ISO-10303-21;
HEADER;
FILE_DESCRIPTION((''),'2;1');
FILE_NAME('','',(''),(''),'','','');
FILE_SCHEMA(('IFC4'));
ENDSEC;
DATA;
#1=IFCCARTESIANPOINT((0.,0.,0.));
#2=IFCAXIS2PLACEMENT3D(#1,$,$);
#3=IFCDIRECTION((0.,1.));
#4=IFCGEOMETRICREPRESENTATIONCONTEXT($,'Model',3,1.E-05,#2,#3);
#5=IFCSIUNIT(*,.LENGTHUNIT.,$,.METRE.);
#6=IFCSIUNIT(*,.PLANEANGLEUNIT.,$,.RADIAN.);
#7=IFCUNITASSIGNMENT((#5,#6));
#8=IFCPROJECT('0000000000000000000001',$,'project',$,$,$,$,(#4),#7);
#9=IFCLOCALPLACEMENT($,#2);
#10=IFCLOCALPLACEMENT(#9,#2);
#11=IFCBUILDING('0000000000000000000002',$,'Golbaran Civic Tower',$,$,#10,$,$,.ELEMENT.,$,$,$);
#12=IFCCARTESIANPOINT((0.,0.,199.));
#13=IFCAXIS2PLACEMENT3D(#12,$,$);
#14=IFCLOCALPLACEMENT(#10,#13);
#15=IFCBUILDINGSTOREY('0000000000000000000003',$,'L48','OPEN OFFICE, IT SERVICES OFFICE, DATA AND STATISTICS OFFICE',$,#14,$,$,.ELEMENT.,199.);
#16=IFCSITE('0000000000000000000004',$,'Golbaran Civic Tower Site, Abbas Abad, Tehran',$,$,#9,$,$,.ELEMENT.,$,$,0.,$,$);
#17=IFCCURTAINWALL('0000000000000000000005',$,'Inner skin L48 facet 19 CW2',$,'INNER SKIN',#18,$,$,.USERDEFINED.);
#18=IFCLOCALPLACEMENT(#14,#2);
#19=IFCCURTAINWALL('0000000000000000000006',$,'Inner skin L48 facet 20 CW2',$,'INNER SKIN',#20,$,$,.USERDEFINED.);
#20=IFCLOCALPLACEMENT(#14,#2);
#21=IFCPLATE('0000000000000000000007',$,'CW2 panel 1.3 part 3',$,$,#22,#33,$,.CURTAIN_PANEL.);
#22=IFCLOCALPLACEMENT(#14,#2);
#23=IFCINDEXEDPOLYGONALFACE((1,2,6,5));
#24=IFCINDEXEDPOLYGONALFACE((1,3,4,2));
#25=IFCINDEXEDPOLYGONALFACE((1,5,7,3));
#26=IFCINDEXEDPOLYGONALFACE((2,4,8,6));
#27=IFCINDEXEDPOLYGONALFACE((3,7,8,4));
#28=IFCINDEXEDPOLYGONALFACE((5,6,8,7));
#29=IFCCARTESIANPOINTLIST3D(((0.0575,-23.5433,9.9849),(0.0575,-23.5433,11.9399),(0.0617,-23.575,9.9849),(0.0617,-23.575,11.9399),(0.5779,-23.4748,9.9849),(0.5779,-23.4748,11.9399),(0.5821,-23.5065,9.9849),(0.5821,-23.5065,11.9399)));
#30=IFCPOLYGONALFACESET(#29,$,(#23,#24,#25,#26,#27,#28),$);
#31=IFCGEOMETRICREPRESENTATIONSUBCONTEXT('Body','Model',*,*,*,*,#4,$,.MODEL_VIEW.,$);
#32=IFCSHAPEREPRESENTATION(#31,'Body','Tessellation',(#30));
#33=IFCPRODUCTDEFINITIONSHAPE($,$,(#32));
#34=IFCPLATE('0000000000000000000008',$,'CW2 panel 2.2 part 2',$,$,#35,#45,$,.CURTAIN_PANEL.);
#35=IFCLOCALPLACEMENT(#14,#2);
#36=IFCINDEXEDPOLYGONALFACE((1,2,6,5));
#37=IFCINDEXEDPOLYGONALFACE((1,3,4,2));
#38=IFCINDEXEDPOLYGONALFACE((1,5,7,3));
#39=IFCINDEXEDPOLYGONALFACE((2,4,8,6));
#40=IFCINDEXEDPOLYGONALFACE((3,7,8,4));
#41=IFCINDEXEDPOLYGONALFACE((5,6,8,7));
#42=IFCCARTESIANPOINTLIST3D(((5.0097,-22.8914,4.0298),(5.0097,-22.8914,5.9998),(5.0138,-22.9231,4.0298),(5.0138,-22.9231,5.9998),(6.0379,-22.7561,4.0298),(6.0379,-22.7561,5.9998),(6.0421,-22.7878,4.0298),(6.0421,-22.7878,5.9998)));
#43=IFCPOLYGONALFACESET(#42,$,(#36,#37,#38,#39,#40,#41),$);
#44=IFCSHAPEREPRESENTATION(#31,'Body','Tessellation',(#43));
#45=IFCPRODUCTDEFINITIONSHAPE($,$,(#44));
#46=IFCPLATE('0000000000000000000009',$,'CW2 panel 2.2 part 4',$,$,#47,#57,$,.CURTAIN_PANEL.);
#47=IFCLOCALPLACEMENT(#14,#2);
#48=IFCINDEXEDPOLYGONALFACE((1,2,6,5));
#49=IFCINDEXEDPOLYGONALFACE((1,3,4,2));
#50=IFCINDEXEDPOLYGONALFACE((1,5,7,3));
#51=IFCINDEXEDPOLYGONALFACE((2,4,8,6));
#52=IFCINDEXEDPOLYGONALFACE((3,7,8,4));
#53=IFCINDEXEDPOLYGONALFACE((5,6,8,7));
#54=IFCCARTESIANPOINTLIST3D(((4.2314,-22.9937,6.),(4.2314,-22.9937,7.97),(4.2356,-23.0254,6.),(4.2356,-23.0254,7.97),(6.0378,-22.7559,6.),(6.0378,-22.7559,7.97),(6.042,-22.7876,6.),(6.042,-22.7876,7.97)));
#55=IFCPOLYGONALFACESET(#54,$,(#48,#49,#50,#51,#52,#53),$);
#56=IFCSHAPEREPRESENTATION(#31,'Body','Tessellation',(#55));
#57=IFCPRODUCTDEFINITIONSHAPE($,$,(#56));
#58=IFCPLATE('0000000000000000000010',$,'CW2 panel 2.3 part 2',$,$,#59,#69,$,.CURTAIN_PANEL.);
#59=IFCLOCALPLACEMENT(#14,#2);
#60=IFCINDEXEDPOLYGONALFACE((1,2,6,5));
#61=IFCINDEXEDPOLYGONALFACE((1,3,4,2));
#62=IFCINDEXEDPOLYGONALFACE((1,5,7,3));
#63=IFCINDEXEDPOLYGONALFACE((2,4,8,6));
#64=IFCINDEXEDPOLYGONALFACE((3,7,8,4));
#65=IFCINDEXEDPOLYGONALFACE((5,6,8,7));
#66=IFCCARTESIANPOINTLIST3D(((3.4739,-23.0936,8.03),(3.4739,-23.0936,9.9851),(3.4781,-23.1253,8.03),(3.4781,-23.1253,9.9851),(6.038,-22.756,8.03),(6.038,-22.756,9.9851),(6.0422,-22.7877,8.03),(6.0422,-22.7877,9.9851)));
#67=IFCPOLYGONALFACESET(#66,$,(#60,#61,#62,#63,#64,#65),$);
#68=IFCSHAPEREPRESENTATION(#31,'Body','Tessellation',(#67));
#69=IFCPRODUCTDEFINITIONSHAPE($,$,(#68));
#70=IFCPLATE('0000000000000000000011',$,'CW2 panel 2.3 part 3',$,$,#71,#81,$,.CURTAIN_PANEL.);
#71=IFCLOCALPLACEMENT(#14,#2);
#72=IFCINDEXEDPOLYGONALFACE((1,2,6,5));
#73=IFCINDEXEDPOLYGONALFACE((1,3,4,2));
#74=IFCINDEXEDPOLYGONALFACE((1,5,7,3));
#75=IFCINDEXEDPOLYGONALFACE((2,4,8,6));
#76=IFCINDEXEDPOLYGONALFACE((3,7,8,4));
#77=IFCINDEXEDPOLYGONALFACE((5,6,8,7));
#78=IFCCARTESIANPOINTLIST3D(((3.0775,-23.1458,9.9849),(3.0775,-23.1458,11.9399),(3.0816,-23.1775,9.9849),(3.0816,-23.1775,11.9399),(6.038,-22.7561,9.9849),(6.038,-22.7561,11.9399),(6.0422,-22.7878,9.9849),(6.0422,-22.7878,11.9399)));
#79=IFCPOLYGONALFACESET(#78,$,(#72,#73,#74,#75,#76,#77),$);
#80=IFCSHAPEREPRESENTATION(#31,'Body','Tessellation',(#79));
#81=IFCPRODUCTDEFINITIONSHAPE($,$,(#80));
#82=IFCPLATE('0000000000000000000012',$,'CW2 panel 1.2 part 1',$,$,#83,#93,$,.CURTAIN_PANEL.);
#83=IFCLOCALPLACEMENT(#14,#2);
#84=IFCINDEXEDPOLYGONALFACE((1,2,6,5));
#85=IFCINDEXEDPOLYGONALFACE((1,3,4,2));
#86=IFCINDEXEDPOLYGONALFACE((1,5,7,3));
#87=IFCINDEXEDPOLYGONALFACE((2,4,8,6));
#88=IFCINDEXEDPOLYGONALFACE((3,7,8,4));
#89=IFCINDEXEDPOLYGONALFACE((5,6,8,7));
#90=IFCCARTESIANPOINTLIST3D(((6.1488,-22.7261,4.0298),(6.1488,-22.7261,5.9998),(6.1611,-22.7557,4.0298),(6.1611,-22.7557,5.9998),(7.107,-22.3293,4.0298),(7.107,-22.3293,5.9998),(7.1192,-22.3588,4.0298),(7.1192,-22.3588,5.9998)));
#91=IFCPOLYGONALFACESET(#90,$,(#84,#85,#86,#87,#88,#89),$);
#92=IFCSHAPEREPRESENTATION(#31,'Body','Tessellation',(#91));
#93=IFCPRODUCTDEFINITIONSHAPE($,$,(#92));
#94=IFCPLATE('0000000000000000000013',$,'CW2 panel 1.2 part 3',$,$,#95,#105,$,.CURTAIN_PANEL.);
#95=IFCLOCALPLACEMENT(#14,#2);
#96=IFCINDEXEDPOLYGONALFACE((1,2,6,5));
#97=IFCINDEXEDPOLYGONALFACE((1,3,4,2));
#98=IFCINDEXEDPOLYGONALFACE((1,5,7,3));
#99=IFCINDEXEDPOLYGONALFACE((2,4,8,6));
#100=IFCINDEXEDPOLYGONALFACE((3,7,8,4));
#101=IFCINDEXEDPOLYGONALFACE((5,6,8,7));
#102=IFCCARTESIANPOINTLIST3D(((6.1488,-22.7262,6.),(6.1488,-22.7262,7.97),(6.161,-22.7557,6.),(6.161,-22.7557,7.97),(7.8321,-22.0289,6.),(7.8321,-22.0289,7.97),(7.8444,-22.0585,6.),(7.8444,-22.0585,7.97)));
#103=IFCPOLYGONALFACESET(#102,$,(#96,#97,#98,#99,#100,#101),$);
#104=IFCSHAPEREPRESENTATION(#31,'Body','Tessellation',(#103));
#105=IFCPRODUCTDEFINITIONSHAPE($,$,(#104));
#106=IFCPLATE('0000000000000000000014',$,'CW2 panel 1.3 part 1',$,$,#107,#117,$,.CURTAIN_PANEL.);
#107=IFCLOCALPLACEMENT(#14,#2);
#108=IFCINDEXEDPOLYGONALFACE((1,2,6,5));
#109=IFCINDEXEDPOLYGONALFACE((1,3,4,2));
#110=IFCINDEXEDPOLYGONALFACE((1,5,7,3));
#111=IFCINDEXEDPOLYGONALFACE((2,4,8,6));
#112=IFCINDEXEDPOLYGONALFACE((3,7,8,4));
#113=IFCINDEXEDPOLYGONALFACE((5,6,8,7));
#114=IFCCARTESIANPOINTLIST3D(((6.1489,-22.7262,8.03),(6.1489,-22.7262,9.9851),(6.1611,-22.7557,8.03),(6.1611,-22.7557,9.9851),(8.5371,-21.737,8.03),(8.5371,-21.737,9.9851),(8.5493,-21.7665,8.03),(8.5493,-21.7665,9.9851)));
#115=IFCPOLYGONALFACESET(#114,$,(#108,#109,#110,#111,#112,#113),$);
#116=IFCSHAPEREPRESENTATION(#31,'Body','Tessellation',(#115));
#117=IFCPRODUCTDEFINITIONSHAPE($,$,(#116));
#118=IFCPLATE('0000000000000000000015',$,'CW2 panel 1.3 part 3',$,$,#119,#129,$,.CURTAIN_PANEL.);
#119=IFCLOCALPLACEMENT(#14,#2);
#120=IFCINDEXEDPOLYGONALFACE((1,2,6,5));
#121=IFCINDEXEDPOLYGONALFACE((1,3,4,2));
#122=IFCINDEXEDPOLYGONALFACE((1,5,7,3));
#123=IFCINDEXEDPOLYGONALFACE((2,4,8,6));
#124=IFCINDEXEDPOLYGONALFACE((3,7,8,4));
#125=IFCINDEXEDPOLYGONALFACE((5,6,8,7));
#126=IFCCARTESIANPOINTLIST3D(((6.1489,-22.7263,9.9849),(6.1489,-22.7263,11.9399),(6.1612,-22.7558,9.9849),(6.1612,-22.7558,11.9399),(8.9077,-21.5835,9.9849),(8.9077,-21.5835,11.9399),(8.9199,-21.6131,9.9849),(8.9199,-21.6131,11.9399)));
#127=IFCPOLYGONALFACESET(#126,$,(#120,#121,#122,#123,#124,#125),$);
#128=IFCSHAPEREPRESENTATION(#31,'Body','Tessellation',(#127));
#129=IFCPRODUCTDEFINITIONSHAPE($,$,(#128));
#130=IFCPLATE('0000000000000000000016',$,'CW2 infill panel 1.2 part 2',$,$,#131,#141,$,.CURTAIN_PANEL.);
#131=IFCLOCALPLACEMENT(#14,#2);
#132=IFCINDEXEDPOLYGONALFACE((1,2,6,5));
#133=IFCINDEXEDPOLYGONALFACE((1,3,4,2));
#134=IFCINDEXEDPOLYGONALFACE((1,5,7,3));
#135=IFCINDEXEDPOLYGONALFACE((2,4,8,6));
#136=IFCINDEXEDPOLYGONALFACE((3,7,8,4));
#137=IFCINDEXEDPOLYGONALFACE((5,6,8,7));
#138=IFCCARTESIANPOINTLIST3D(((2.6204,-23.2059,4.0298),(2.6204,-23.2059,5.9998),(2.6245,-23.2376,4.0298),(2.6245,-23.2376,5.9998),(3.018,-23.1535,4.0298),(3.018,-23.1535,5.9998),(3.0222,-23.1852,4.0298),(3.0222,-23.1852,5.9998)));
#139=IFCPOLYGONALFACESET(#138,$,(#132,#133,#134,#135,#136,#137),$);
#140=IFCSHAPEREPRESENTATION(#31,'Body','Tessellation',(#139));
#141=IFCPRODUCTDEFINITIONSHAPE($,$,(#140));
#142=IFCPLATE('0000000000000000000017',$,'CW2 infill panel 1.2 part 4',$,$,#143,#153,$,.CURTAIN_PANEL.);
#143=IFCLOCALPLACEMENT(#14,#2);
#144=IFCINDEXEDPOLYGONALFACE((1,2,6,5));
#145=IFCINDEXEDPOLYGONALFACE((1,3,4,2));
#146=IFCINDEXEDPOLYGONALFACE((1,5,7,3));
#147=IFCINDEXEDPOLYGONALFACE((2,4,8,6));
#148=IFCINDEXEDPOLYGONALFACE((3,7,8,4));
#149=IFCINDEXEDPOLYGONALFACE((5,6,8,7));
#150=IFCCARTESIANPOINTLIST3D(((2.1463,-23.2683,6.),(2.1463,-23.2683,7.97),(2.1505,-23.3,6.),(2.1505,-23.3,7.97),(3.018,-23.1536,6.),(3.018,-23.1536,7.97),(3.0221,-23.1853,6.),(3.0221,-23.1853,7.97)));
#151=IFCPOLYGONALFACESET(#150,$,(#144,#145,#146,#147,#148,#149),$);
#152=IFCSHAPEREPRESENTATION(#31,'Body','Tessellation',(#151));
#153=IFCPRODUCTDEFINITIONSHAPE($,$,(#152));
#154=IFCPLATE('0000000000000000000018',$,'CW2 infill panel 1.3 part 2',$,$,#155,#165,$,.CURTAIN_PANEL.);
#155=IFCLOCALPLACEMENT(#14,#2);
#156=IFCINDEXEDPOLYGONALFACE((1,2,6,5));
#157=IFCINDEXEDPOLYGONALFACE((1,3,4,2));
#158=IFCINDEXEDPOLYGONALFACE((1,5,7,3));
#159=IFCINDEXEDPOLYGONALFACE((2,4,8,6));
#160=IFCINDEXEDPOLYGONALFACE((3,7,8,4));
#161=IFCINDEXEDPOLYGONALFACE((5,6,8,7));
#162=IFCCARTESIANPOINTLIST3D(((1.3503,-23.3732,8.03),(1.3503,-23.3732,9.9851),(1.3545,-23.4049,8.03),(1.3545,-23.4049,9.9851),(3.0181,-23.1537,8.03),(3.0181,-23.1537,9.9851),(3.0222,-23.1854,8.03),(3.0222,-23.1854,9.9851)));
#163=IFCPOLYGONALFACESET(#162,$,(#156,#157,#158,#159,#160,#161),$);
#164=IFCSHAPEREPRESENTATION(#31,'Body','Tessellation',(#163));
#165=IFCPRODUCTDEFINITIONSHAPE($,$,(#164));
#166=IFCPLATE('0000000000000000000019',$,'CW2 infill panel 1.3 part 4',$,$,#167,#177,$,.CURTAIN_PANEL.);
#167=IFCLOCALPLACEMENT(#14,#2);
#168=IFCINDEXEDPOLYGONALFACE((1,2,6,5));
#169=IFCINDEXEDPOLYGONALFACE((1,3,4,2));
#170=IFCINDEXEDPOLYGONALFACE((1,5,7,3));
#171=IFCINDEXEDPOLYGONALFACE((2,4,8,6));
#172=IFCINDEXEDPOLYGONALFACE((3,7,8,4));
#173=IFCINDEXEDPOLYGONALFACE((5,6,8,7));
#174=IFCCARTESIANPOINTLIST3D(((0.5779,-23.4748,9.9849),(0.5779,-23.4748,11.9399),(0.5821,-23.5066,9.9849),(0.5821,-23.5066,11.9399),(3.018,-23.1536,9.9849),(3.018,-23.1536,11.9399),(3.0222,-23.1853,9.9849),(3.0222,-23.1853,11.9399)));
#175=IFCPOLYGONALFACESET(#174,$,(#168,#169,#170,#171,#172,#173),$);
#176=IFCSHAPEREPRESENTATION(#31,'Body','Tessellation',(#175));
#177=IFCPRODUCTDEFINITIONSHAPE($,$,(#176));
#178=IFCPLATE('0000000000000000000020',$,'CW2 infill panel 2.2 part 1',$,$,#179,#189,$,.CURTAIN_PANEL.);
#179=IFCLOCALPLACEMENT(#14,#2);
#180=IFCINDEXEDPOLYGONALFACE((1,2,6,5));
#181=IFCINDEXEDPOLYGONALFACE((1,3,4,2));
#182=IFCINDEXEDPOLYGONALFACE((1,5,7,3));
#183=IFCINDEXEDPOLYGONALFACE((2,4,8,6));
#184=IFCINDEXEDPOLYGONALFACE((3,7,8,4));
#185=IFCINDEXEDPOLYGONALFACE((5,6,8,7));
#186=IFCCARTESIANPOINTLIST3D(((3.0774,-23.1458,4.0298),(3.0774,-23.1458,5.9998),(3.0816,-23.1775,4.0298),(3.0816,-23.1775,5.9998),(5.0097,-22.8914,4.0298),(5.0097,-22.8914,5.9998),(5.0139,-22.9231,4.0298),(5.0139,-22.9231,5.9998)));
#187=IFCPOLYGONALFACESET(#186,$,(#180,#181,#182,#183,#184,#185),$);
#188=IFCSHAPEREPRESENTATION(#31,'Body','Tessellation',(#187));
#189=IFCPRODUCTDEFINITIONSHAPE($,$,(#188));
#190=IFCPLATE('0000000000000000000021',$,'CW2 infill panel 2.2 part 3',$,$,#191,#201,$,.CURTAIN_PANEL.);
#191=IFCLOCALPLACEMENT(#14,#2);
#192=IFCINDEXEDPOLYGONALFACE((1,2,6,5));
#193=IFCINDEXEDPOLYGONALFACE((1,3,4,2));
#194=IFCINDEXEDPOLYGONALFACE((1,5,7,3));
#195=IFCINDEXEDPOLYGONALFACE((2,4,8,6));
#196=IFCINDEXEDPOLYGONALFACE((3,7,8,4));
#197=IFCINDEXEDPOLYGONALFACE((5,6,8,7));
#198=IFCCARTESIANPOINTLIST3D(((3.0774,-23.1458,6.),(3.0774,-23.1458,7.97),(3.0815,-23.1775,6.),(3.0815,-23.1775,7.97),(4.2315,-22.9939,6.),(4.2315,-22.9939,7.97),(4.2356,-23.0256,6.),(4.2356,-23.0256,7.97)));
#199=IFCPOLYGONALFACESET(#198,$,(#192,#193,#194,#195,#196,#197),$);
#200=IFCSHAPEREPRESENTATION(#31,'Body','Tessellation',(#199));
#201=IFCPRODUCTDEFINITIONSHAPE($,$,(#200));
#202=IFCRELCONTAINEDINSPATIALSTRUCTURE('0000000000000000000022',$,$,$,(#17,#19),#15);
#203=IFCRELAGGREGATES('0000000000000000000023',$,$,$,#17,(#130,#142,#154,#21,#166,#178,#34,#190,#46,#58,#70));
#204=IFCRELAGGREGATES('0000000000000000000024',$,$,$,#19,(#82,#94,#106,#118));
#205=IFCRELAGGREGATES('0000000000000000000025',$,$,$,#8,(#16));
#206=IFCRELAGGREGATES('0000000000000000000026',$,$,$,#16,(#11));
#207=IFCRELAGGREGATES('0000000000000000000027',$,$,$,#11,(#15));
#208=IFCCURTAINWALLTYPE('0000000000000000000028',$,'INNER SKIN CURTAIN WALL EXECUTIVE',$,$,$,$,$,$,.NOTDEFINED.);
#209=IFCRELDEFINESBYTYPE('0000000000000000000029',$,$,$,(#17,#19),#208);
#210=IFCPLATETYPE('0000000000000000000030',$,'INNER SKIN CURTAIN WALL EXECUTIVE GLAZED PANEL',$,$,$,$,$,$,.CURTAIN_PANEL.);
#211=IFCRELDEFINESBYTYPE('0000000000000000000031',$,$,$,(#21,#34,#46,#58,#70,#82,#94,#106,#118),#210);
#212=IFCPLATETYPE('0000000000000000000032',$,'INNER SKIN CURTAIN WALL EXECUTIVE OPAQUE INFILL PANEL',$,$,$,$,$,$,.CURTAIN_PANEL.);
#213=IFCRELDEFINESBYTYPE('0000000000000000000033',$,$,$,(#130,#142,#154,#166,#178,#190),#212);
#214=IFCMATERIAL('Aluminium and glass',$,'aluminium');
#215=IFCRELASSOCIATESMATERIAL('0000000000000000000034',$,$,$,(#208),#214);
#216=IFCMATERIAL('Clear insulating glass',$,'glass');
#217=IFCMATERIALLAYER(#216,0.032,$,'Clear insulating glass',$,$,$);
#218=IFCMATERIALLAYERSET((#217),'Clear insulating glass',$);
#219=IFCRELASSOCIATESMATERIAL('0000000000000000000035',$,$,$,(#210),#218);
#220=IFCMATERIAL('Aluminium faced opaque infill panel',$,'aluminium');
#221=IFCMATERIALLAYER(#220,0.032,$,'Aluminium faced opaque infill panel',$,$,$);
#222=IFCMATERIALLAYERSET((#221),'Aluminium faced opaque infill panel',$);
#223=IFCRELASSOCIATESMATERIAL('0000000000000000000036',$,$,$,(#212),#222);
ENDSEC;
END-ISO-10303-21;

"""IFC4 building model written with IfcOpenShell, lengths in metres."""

from ifc_helpers import new_model, si_unit, direction, frame, origin, origin_2d, place, context, subcontext, project, spatial, rectangle, extrude, material, layer, layer_set, type_object, element, aggregate, save


model = new_model("IFC4")

# Units and contexts
model_context = context("Model", 3, precision=1e-05, world=origin(), true_north=direction((0.0, 1.0)))
body_context = subcontext(model_context, "Body", "Model", "MODEL_VIEW")
ifc_project = project(units=[si_unit("LENGTHUNIT", "METRE"), si_unit("PLANEANGLEUNIT", "RADIAN")], contexts=[model_context])

# Site, building, storey
site_placement = place(None, origin())
site = spatial("IfcSite", under=ifc_project, at=site_placement, Name="Golbaran Civic Tower Site, Abbas Abad, Tehran", CompositionType="ELEMENT", RefElevation=0.0)
building_placement = place(site_placement, origin())
building = spatial("IfcBuilding", under=site, at=building_placement, Name="Golbaran Civic Tower", CompositionType="ELEMENT")
storey_placement = place(building_placement, frame((0.0, 0.0, 199.0)))
storey = spatial("IfcBuildingStorey", under=building, at=storey_placement, Name="L48", Description="OPEN OFFICE, IT SERVICES OFFICE, DATA AND STATISTICS OFFICE", CompositionType="ELEMENT", Elevation=199.0)

# Curtain walls
ifc_material_1 = material(Name="Aluminium and glass", Category="aluminium")
curtain_wall_type_1 = type_object("IfcCurtainWallType", Name="INNER SKIN CURTAIN WALL EXECUTIVE", PredefinedType="NOTDEFINED", material=ifc_material_1)
curtain_wall_1_placement = place(storey_placement, origin())
curtain_wall_1 = element("IfcCurtainWall", 1, at=curtain_wall_1_placement, inside=storey, type_object=curtain_wall_type_1, Name="Inner skin L48 facet 19 CW2", ObjectType="INNER SKIN", PredefinedType="USERDEFINED")
curtain_wall_2_placement = place(storey_placement, origin())
curtain_wall_2 = element("IfcCurtainWall", 2, at=curtain_wall_2_placement, inside=storey, type_object=curtain_wall_type_1, Name="Inner skin L48 facet 20 CW2", ObjectType="INNER SKIN", PredefinedType="USERDEFINED")

# Plates
ifc_material_2 = material(Name="Clear insulating glass", Category="glass")
ifc_layer_1 = layer(ifc_material_2, 0.032, Name="Clear insulating glass")
ifc_layer_set_1 = layer_set([ifc_layer_1], Name="Clear insulating glass")
plate_type_1 = type_object("IfcPlateType", Name="INNER SKIN CURTAIN WALL EXECUTIVE GLAZED PANEL", PredefinedType="CURTAIN_PANEL", material=ifc_layer_set_1)
plate_1_placement = place(storey_placement, frame((0.3198, -23.5249, 9.9849), z_axis=(0.0, 0.0, 1.0), x_axis=(0.991445, 0.130526, 0.0)))
plate_1 = element("IfcPlate", 3, at=plate_1_placement, type_object=plate_type_1, Name="CW2 panel 1.3 part 3", PredefinedType="CURTAIN_PANEL", context=body_context, shape_type="SweptSolid", body=[
    extrude(rectangle(XDim=0.5249, YDim=0.032, at=origin_2d()), origin(), (0.0, 0.0, 1.0), 1.9551),
])
plate_2_placement = place(storey_placement, frame((5.5259, -22.8396, 4.0298), z_axis=(0.0, 0.0, 1.0), x_axis=(0.991445, 0.130526, 0.0)))
plate_2 = element("IfcPlate", 4, at=plate_2_placement, type_object=plate_type_1, Name="CW2 panel 2.2 part 2", PredefinedType="CURTAIN_PANEL", context=body_context, shape_type="SweptSolid", body=[
    extrude(rectangle(XDim=1.0371, YDim=0.032, at=origin_2d()), origin(), (0.0, 0.0, 1.0), 1.97),
])
plate_3_placement = place(storey_placement, frame((5.1367, -22.8906, 6.0), z_axis=(0.0, 0.0, 1.0), x_axis=(0.991445, 0.130526, 0.0)))
plate_3 = element("IfcPlate", 5, at=plate_3_placement, type_object=plate_type_1, Name="CW2 panel 2.2 part 4", PredefinedType="CURTAIN_PANEL", context=body_context, shape_type="SweptSolid", body=[
    extrude(rectangle(XDim=1.822, YDim=0.032, at=origin_2d()), origin(), (0.0, 0.0, 1.0), 1.97),
])
plate_4_placement = place(storey_placement, frame((4.7581, -22.9407, 8.03), z_axis=(0.0, 0.0, 1.0), x_axis=(0.991445, 0.130526, 0.0)))
plate_4 = element("IfcPlate", 6, at=plate_4_placement, type_object=plate_type_1, Name="CW2 panel 2.3 part 2", PredefinedType="CURTAIN_PANEL", context=body_context, shape_type="SweptSolid", body=[
    extrude(rectangle(XDim=2.5862, YDim=0.032, at=origin_2d()), origin(), (0.0, 0.0, 1.0), 1.9551),
])
plate_5_placement = place(storey_placement, frame((4.5598, -22.9668, 9.9849), z_axis=(0.0, 0.0, 1.0), x_axis=(0.991445, 0.130526, 0.0)))
plate_5 = element("IfcPlate", 7, at=plate_5_placement, type_object=plate_type_1, Name="CW2 panel 2.3 part 3", PredefinedType="CURTAIN_PANEL", context=body_context, shape_type="SweptSolid", body=[
    extrude(rectangle(XDim=2.9861, YDim=0.032, at=origin_2d()), origin(), (0.0, 0.0, 1.0), 1.9551),
])
plate_6_placement = place(storey_placement, frame((6.634, -22.5425, 4.0298), z_axis=(0.0, 0.0, 1.0), x_axis=(0.92388, 0.382683, 0.0)))
plate_6 = element("IfcPlate", 8, at=plate_6_placement, type_object=plate_type_1, Name="CW2 panel 1.2 part 1", PredefinedType="CURTAIN_PANEL", context=body_context, shape_type="SweptSolid", body=[
    extrude(rectangle(XDim=1.0371, YDim=0.032, at=origin_2d()), origin(), (0.0, 0.0, 1.0), 1.97),
])
plate_7_placement = place(storey_placement, frame((6.9966, -22.3923, 6.0), z_axis=(0.0, 0.0, 1.0), x_axis=(0.92388, 0.382683, 0.0)))
plate_7 = element("IfcPlate", 9, at=plate_7_placement, type_object=plate_type_1, Name="CW2 panel 1.2 part 3", PredefinedType="CURTAIN_PANEL", context=body_context, shape_type="SweptSolid", body=[
    extrude(rectangle(XDim=1.822, YDim=0.032, at=origin_2d()), origin(), (0.0, 0.0, 1.0), 1.97),
])
plate_8_placement = place(storey_placement, frame((7.3491, -22.2463, 8.03), z_axis=(0.0, 0.0, 1.0), x_axis=(0.92388, 0.382683, 0.0)))
plate_8 = element("IfcPlate", 10, at=plate_8_placement, type_object=plate_type_1, Name="CW2 panel 1.3 part 1", PredefinedType="CURTAIN_PANEL", context=body_context, shape_type="SweptSolid", body=[
    extrude(rectangle(XDim=2.585, YDim=0.032, at=origin_2d()), origin(), (0.0, 0.0, 1.0), 1.9551),
])
plate_9_placement = place(storey_placement, frame((7.5344, -22.1697, 9.9849), z_axis=(0.0, 0.0, 1.0), x_axis=(0.92388, 0.382683, 0.0)))
plate_9 = element("IfcPlate", 11, at=plate_9_placement, type_object=plate_type_1, Name="CW2 panel 1.3 part 3", PredefinedType="CURTAIN_PANEL", context=body_context, shape_type="SweptSolid", body=[
    extrude(rectangle(XDim=2.9861, YDim=0.032, at=origin_2d()), origin(), (0.0, 0.0, 1.0), 1.9551),
])
ifc_material_3 = material(Name="Aluminium faced opaque infill panel", Category="aluminium")
ifc_layer_2 = layer(ifc_material_3, 0.032, Name="Aluminium faced opaque infill panel")
ifc_layer_set_2 = layer_set([ifc_layer_2], Name="Aluminium faced opaque infill panel")
plate_type_2 = type_object("IfcPlateType", Name="INNER SKIN CURTAIN WALL EXECUTIVE OPAQUE INFILL PANEL", PredefinedType="CURTAIN_PANEL", material=ifc_layer_set_2)
plate_10_placement = place(storey_placement, frame((2.8213, -23.1956, 4.0298), z_axis=(0.0, 0.0, 1.0), x_axis=(0.991445, 0.130526, 0.0)))
plate_10 = element("IfcPlate", 12, at=plate_10_placement, type_object=plate_type_2, Name="CW2 infill panel 1.2 part 2", PredefinedType="CURTAIN_PANEL", context=body_context, shape_type="SweptSolid", body=[
    extrude(rectangle(XDim=0.4011, YDim=0.032, at=origin_2d()), origin(), (0.0, 0.0, 1.0), 1.97),
])
plate_11_placement = place(storey_placement, frame((2.5842, -23.2268, 6.0), z_axis=(0.0, 0.0, 1.0), x_axis=(0.991445, 0.130526, 0.0)))
plate_11 = element("IfcPlate", 13, at=plate_11_placement, type_object=plate_type_2, Name="CW2 infill panel 1.2 part 4", PredefinedType="CURTAIN_PANEL", context=body_context, shape_type="SweptSolid", body=[
    extrude(rectangle(XDim=0.8792, YDim=0.032, at=origin_2d()), origin(), (0.0, 0.0, 1.0), 1.97),
])
plate_12_placement = place(storey_placement, frame((2.1863, -23.2793, 8.03), z_axis=(0.0, 0.0, 1.0), x_axis=(0.991445, 0.130526, 0.0)))
plate_12 = element("IfcPlate", 14, at=plate_12_placement, type_object=plate_type_2, Name="CW2 infill panel 1.3 part 2", PredefinedType="CURTAIN_PANEL", context=body_context, shape_type="SweptSolid", body=[
    extrude(rectangle(XDim=1.6821, YDim=0.032, at=origin_2d()), origin(), (0.0, 0.0, 1.0), 1.9551),
])
plate_13_placement = place(storey_placement, frame((1.8, -23.3301, 9.9849), z_axis=(0.0, 0.0, 1.0), x_axis=(0.991445, 0.130526, 0.0)))
plate_13 = element("IfcPlate", 15, at=plate_13_placement, type_object=plate_type_2, Name="CW2 infill panel 1.3 part 4", PredefinedType="CURTAIN_PANEL", context=body_context, shape_type="SweptSolid", body=[
    extrude(rectangle(XDim=2.4612, YDim=0.032, at=origin_2d()), origin(), (0.0, 0.0, 1.0), 1.9551),
])
plate_14_placement = place(storey_placement, frame((4.0457, -23.0344, 4.0298), z_axis=(0.0, 0.0, 1.0), x_axis=(0.991445, 0.130526, 0.0)))
plate_14 = element("IfcPlate", 16, at=plate_14_placement, type_object=plate_type_2, Name="CW2 infill panel 2.2 part 1", PredefinedType="CURTAIN_PANEL", context=body_context, shape_type="SweptSolid", body=[
    extrude(rectangle(XDim=1.949, YDim=0.032, at=origin_2d()), origin(), (0.0, 0.0, 1.0), 1.97),
])
plate_15_placement = place(storey_placement, frame((3.6565, -23.0857, 6.0), z_axis=(0.0, 0.0, 1.0), x_axis=(0.991445, 0.130526, 0.0)))
plate_15 = element("IfcPlate", 17, at=plate_15_placement, type_object=plate_type_2, Name="CW2 infill panel 2.2 part 3", PredefinedType="CURTAIN_PANEL", context=body_context, shape_type="SweptSolid", body=[
    extrude(rectangle(XDim=1.1641, YDim=0.032, at=origin_2d()), origin(), (0.0, 0.0, 1.0), 1.97),
])
aggregate(curtain_wall_1, [plate_10, plate_11, plate_12, plate_1, plate_13, plate_14, plate_2, plate_15, plate_3, plate_4, plate_5])
aggregate(curtain_wall_2, [plate_6, plate_7, plate_8, plate_9])

save(model, "model.ifc")
